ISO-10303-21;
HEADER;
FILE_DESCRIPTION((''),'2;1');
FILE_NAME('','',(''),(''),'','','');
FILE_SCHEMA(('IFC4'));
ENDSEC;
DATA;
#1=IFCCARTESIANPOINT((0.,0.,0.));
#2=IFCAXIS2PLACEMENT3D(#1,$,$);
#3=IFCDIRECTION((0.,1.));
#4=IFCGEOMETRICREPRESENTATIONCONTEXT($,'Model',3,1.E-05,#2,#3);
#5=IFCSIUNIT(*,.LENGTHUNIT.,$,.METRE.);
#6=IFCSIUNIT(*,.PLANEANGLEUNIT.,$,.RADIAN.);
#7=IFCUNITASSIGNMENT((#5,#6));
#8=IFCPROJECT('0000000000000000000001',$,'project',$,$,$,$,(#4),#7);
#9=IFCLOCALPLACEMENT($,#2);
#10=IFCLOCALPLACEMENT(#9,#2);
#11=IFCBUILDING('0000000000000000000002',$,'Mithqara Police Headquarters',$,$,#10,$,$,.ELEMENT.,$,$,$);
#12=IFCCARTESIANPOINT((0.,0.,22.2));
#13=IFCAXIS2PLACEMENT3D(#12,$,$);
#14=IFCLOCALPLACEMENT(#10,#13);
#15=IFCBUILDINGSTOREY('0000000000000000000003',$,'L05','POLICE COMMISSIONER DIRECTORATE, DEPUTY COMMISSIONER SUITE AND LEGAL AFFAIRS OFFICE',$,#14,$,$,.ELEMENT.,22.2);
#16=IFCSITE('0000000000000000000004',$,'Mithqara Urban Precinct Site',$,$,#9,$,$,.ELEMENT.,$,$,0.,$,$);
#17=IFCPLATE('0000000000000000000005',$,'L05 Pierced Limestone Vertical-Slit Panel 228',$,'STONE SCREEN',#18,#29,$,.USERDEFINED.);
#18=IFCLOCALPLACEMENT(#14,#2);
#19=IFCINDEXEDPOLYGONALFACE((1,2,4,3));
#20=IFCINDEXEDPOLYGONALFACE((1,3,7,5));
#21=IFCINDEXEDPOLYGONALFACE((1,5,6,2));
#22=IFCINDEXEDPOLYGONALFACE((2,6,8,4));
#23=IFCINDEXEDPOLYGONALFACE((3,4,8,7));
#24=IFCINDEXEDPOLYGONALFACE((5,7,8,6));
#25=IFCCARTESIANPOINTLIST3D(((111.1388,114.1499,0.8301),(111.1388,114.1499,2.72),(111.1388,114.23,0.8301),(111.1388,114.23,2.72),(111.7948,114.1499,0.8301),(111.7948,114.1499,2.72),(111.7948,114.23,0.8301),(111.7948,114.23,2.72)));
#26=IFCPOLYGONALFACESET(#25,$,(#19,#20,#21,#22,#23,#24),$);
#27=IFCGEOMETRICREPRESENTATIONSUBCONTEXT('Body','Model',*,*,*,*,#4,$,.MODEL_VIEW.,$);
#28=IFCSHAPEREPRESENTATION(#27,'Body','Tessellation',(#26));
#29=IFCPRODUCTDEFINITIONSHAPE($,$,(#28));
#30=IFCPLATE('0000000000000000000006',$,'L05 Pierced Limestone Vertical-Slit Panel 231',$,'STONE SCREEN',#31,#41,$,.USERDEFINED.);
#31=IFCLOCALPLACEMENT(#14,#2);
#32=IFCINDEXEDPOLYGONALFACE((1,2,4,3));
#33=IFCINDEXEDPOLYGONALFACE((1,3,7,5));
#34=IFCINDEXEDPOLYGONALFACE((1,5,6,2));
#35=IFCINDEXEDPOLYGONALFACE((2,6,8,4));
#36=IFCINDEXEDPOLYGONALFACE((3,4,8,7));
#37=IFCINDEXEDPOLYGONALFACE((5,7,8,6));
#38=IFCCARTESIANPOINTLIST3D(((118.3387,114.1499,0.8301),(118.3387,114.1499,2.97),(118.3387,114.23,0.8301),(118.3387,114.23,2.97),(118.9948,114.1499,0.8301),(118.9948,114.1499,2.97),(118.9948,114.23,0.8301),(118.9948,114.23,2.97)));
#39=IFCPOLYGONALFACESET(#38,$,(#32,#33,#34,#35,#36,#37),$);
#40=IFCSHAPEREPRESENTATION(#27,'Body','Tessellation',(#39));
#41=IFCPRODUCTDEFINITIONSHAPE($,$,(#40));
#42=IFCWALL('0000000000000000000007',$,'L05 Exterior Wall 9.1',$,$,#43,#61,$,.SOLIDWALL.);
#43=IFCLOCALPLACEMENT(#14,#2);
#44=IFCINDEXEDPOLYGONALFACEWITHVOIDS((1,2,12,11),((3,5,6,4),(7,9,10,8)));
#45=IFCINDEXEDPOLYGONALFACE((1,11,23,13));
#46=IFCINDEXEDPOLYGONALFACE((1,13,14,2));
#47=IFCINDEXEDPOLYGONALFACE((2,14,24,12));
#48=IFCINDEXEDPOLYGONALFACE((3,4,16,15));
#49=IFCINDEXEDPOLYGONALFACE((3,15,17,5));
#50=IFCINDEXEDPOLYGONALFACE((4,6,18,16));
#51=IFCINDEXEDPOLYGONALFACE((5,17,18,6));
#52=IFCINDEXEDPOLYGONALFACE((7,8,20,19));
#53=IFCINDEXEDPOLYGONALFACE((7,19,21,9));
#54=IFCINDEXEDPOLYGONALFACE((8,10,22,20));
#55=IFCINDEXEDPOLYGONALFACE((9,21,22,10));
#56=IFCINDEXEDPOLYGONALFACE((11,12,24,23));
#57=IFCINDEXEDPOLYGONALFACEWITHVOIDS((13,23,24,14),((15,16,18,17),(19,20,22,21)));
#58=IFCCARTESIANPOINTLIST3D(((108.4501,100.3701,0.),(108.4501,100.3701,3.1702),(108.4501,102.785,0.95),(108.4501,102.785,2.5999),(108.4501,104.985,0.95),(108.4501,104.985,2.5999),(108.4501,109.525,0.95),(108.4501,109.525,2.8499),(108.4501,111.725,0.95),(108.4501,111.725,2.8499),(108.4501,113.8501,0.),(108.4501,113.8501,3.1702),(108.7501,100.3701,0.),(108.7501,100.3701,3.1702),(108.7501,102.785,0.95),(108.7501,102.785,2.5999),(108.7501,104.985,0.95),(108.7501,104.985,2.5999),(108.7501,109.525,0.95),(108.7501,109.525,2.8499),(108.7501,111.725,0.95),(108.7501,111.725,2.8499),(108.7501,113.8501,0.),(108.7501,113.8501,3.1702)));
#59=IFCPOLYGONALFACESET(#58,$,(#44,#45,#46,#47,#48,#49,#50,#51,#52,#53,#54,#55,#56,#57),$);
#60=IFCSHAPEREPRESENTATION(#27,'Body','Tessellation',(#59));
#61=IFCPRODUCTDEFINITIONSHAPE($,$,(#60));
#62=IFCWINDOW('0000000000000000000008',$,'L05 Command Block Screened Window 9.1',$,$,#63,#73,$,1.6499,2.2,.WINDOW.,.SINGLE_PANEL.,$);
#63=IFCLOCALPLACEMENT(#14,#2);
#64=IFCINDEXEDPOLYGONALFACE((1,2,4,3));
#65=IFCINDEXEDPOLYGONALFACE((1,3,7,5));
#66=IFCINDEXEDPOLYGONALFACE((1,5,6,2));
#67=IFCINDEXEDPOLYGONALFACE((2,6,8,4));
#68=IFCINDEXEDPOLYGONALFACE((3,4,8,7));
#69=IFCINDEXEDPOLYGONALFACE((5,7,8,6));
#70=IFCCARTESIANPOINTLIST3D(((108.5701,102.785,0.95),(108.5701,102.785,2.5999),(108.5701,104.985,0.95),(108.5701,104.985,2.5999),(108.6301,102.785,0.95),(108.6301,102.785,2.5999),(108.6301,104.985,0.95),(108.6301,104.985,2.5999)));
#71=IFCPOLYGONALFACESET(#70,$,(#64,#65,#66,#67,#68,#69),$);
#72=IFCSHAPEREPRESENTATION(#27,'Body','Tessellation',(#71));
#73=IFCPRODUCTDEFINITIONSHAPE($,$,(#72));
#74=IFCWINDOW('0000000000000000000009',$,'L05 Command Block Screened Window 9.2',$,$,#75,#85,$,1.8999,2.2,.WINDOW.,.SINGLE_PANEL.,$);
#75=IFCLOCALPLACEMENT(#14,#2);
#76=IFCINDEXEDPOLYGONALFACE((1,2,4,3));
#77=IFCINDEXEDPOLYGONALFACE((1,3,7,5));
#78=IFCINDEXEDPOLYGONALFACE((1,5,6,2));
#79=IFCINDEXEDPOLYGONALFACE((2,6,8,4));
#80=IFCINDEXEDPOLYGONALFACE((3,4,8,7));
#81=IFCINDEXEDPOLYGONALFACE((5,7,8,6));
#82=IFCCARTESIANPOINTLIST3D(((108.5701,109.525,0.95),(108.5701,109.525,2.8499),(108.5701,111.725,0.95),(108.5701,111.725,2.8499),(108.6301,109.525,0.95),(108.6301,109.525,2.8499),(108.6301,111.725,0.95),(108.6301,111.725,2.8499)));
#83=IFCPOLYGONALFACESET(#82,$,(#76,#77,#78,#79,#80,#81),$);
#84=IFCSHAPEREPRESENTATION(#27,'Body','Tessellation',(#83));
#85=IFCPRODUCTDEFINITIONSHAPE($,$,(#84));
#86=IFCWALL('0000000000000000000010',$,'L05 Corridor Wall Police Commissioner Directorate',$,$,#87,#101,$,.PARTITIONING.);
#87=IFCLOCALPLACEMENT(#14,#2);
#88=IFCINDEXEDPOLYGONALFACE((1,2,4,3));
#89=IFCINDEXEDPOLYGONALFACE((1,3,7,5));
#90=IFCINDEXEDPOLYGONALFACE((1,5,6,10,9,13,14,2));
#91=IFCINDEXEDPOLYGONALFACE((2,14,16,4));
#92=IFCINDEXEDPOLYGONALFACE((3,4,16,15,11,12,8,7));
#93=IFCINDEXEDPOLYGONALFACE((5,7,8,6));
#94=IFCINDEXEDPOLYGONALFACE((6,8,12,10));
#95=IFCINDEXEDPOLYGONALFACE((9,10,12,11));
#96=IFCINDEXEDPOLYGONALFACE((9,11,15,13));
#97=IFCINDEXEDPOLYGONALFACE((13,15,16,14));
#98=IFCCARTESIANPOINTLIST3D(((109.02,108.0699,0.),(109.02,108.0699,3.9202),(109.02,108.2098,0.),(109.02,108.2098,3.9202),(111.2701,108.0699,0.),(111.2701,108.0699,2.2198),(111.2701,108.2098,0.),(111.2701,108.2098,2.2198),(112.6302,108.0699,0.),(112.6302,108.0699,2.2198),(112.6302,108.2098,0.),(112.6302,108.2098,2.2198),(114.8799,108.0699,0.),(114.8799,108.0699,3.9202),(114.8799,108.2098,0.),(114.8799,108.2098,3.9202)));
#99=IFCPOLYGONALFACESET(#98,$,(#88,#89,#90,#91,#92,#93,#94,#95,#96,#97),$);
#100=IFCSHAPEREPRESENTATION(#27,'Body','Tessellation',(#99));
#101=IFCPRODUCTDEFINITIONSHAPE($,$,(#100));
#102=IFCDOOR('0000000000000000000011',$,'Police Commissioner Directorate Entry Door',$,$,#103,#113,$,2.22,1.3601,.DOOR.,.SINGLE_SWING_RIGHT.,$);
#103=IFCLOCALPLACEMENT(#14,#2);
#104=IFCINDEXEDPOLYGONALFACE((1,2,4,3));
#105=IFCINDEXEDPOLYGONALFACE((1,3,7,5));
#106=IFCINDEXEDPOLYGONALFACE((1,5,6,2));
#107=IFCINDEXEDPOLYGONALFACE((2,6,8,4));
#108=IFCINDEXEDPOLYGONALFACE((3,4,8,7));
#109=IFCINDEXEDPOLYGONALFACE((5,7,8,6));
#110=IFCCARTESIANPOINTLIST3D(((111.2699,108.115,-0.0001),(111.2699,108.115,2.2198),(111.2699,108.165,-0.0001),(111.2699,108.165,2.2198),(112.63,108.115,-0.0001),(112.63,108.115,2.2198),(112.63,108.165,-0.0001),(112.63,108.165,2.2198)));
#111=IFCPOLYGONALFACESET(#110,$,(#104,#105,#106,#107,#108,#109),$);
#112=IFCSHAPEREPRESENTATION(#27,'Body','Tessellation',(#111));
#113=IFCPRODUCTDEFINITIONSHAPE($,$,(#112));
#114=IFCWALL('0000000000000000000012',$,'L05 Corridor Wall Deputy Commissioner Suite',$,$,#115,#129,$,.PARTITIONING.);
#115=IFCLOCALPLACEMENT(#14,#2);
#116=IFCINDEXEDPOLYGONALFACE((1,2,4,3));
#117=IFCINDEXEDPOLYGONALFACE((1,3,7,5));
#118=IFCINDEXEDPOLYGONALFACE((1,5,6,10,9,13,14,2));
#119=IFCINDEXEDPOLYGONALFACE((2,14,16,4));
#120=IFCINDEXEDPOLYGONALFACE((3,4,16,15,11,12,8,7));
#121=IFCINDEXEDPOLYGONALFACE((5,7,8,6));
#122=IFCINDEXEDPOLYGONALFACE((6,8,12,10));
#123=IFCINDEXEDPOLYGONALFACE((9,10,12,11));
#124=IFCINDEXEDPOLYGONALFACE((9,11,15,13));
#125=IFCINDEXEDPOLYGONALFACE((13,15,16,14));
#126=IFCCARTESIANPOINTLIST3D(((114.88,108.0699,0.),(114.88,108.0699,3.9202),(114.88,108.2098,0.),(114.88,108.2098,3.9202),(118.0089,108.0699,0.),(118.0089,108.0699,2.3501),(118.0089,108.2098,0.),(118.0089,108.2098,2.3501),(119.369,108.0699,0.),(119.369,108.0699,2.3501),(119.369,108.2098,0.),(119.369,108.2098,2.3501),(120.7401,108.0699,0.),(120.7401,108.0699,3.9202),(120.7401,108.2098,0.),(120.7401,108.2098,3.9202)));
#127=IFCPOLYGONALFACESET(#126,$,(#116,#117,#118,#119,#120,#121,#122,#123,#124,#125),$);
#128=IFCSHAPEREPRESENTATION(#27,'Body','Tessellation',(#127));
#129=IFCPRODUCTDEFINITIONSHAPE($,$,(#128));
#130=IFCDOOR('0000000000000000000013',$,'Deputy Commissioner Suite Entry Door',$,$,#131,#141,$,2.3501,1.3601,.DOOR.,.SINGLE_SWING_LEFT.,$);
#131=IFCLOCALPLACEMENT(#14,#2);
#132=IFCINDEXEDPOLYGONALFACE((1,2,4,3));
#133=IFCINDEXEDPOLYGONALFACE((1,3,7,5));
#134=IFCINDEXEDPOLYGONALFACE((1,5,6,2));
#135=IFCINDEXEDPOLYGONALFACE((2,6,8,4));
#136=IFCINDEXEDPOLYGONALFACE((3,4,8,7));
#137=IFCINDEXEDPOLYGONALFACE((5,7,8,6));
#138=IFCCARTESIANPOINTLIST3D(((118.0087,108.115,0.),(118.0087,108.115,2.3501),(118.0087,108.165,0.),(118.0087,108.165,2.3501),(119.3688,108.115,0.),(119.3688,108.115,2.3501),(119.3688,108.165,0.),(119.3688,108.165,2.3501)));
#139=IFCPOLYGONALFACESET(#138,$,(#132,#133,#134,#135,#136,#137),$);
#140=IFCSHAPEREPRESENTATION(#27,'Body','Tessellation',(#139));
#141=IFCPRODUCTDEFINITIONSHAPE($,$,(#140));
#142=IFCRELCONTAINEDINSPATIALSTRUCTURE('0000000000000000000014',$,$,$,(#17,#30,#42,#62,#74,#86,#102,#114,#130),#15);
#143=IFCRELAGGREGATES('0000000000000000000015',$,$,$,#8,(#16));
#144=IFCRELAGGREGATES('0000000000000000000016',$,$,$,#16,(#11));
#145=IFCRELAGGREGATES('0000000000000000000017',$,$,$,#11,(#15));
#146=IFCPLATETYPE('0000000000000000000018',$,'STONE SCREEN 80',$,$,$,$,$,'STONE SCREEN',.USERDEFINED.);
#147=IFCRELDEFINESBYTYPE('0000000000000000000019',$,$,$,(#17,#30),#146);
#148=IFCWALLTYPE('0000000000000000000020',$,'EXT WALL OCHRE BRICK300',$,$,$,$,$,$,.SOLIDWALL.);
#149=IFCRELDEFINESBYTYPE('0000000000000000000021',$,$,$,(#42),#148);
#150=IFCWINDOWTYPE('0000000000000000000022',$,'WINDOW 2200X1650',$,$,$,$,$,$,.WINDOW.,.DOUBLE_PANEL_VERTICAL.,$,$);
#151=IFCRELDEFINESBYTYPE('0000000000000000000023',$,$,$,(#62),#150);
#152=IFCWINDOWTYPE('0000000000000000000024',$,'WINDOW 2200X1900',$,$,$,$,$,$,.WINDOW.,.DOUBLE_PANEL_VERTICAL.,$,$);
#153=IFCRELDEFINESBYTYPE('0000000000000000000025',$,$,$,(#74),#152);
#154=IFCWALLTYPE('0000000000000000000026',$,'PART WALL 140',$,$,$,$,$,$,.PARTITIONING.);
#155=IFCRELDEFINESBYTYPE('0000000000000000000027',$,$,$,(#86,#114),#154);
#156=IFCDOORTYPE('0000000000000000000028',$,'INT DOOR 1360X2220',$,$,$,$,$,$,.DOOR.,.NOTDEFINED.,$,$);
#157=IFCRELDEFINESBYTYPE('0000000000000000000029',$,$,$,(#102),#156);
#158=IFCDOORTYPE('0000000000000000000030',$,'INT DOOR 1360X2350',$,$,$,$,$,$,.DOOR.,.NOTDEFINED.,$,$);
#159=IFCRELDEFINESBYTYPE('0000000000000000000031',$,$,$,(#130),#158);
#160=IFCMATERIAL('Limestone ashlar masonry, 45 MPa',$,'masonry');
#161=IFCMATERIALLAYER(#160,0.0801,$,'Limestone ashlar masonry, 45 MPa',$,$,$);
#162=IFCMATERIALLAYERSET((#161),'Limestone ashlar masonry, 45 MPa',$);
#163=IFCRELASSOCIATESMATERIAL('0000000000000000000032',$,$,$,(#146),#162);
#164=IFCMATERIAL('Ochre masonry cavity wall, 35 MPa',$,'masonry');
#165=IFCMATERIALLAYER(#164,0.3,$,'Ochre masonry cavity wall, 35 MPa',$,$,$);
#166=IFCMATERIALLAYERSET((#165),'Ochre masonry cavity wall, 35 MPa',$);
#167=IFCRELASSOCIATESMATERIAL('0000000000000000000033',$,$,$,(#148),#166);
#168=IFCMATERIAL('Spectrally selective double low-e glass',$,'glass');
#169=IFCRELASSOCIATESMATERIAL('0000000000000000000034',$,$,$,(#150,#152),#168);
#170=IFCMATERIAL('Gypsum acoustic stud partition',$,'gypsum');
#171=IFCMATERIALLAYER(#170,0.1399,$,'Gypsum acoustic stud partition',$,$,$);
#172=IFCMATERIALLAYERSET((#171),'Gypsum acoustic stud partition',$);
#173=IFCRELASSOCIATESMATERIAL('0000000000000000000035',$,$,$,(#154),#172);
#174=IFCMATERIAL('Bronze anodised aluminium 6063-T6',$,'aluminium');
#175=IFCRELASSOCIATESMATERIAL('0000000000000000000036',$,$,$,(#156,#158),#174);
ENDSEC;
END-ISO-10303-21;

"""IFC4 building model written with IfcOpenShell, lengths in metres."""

from ifc_helpers import new_model, si_unit, direction, frame, frame_2d, origin, origin_2d, place, context, subcontext, project, spatial, rectangle, extrude, material, layer, layer_set, type_object, element, fill, save


model = new_model("IFC4")

# Units and contexts
model_context = context("Model", 3, precision=1e-05, world=origin(), true_north=direction((0.0, 1.0)))
body_context = subcontext(model_context, "Body", "Model", "MODEL_VIEW")
ifc_project = project(units=[si_unit("LENGTHUNIT", "METRE"), si_unit("PLANEANGLEUNIT", "RADIAN")], contexts=[model_context])

# Site, building, storey
site_placement = place(None, origin())
site = spatial("IfcSite", under=ifc_project, at=site_placement, Name="Mithqara Urban Precinct Site", CompositionType="ELEMENT", RefElevation=0.0)
building_placement = place(site_placement, origin())
building = spatial("IfcBuilding", under=site, at=building_placement, Name="Mithqara Police Headquarters", CompositionType="ELEMENT")
storey_placement = place(building_placement, frame((0.0, 0.0, 22.2)))
storey = spatial("IfcBuildingStorey", under=building, at=storey_placement, Name="L05", Description="POLICE COMMISSIONER DIRECTORATE, DEPUTY COMMISSIONER SUITE AND LEGAL AFFAIRS OFFICE", CompositionType="ELEMENT", Elevation=22.2)

# Plates
ifc_material_1 = material(Name="Limestone ashlar masonry, 45 MPa", Category="masonry")
ifc_layer_1 = layer(ifc_material_1, 0.0801, Name="Limestone ashlar masonry, 45 MPa")
ifc_layer_set_1 = layer_set([ifc_layer_1], Name="Limestone ashlar masonry, 45 MPa")
plate_type = type_object("IfcPlateType", Name="STONE SCREEN 80", ElementType="STONE SCREEN", PredefinedType="USERDEFINED", material=ifc_layer_set_1)
for number, where, z_axis, x_axis, name in (
    (1, (111.4668, 114.1899, 0.8301), (0.0, 0.0, 1.0), (1.0, 0.0, 0.0), "L05 Pierced Limestone Vertical-Slit Panel 228"),
):
    element("IfcPlate", number, at=place(storey_placement, frame(where, z_axis=z_axis, x_axis=x_axis)), inside=storey, type_object=plate_type, Name=name, ObjectType="STONE SCREEN", PredefinedType="USERDEFINED", context=body_context, shape_type="SweptSolid", body=[
        extrude(rectangle(XDim=0.656, YDim=0.0801, at=origin_2d()), origin(), (0.0, 0.0, 1.0), 1.8899),
    ])
plate_placement = place(storey_placement, frame((118.6667, 114.1899, 0.8301), z_axis=(0.0, 0.0, 1.0), x_axis=(1.0, 0.0, 0.0)))
element("IfcPlate", 2, at=plate_placement, inside=storey, type_object=plate_type, Name="L05 Pierced Limestone Vertical-Slit Panel 231", ObjectType="STONE SCREEN", PredefinedType="USERDEFINED", context=body_context, shape_type="SweptSolid", body=[
    extrude(rectangle(XDim=0.656, YDim=0.0801, at=origin_2d()), origin(), (0.0, 0.0, 1.0), 2.1399),
])

# Wall, openings, windows
ifc_material_2 = material(Name="Ochre masonry cavity wall, 35 MPa", Category="masonry")
ifc_layer_2 = layer(ifc_material_2, 0.3, Name="Ochre masonry cavity wall, 35 MPa")
ifc_layer_set_2 = layer_set([ifc_layer_2], Name="Ochre masonry cavity wall, 35 MPa")
wall_type_1 = type_object("IfcWallType", Name="EXT WALL OCHRE BRICK300", PredefinedType="SOLIDWALL", material=ifc_layer_set_2)
wall_1_placement = place(storey_placement, frame((108.6001, 113.8501, 0.0), z_axis=(0.0, 0.0, 1.0), x_axis=(0.0, -1.0, 0.0)))
wall_1 = element("IfcWall", 3, at=wall_1_placement, inside=storey, type_object=wall_type_1, Name="L05 Exterior Wall 9.1", PredefinedType="SOLIDWALL", context=body_context, shape_type="SweptSolid", body=[
    extrude(rectangle(XDim=13.48, YDim=0.3, at=frame_2d((6.74, 0.0))), origin(), (0.0, 0.0, 1.0), 3.1702),
])
opening_1_placement = place(wall_1_placement, frame((8.865, 0.0, 0.95)))
opening_1 = element("IfcOpeningElement", 4, at=opening_1_placement, cuts=wall_1, PredefinedType="OPENING", context=body_context, shape_type="SweptSolid", body=[
    extrude(rectangle(XDim=2.2, YDim=1.6499, at=frame_2d((1.1001, 0.825))), frame((0.0, 0.1602, 0.0), z_axis=(0.0, -1.0, 0.0), x_axis=(1.0, 0.0, 0.0)), (0.0, 0.0, 1.0), 0.3201),
])
opening_2_placement = place(wall_1_placement, frame((2.125, 0.0, 0.95)))
opening_2 = element("IfcOpeningElement", 5, at=opening_2_placement, cuts=wall_1, PredefinedType="OPENING", context=body_context, shape_type="SweptSolid", body=[
    extrude(rectangle(XDim=2.2, YDim=1.8999, at=frame_2d((1.1001, 0.95))), frame((0.0, 0.1602, 0.0), z_axis=(0.0, -1.0, 0.0), x_axis=(1.0, 0.0, 0.0)), (0.0, 0.0, 1.0), 0.3201),
])
ifc_material_3 = material(Name="Spectrally selective double low-e glass", Category="glass")
window_type_1 = type_object("IfcWindowType", Name="WINDOW 2200X1650", PartitioningType="DOUBLE_PANEL_VERTICAL", PredefinedType="WINDOW", material=ifc_material_3)
window_1_placement = place(opening_1_placement, origin())
window_1 = element("IfcWindow", 6, at=window_1_placement, inside=storey, type_object=window_type_1, Name="L05 Command Block Screened Window 9.1", OverallHeight=1.6499, OverallWidth=2.2, PartitioningType="SINGLE_PANEL", PredefinedType="WINDOW", context=body_context, shape_type="SweptSolid", body=[
    extrude(rectangle(XDim=2.2, YDim=1.6499, at=frame_2d((1.1001, 0.825))), frame((0.0, 0.03, 0.0), z_axis=(0.0, -1.0, 0.0), x_axis=(1.0, 0.0, 0.0)), (0.0, 0.0, 1.0), 0.0601),
])
fill(opening_1, window_1)
window_type_2 = type_object("IfcWindowType", Name="WINDOW 2200X1900", PartitioningType="DOUBLE_PANEL_VERTICAL", PredefinedType="WINDOW", material=ifc_material_3)
window_2_placement = place(opening_2_placement, origin())
window_2 = element("IfcWindow", 7, at=window_2_placement, inside=storey, type_object=window_type_2, Name="L05 Command Block Screened Window 9.2", OverallHeight=1.8999, OverallWidth=2.2, PartitioningType="SINGLE_PANEL", PredefinedType="WINDOW", context=body_context, shape_type="SweptSolid", body=[
    extrude(rectangle(XDim=2.2, YDim=1.8999, at=frame_2d((1.1001, 0.95))), frame((0.0, 0.03, 0.0), z_axis=(0.0, -1.0, 0.0), x_axis=(1.0, 0.0, 0.0)), (0.0, 0.0, 1.0), 0.0601),
])
fill(opening_2, window_2)

# Walls, openings, doors
ifc_material_4 = material(Name="Gypsum acoustic stud partition", Category="gypsum")
ifc_layer_3 = layer(ifc_material_4, 0.1399, Name="Gypsum acoustic stud partition")
ifc_layer_set_3 = layer_set([ifc_layer_3], Name="Gypsum acoustic stud partition")
wall_type_2 = type_object("IfcWallType", Name="PART WALL 140", PredefinedType="PARTITIONING", material=ifc_layer_set_3)
wall_2_placement = place(storey_placement, frame((109.02, 108.1399, 0.0), z_axis=(0.0, 0.0, 1.0), x_axis=(1.0, 0.0, 0.0)))
wall_2 = element("IfcWall", 8, at=wall_2_placement, inside=storey, type_object=wall_type_2, Name="L05 Corridor Wall Police Commissioner Directorate", PredefinedType="PARTITIONING", context=body_context, shape_type="SweptSolid", body=[
    extrude(rectangle(XDim=5.8599, YDim=0.1399, at=frame_2d((2.9299, 0.0))), origin(), (0.0, 0.0, 1.0), 3.9202),
])
opening_3_placement = place(wall_2_placement, frame((2.25, 0.0, 0.0)))
opening_3 = element("IfcOpeningElement", 9, at=opening_3_placement, cuts=wall_2, PredefinedType="OPENING", context=body_context, shape_type="SweptSolid", body=[
    extrude(rectangle(XDim=1.3601, YDim=2.22, at=frame_2d((0.6802, 1.1099))), frame((0.0, 0.0801, 0.0), z_axis=(0.0, -1.0, 0.0), x_axis=(1.0, 0.0, 0.0)), (0.0, 0.0, 1.0), 0.1599),
])
ifc_material_5 = material(Name="Bronze anodised aluminium 6063-T6", Category="aluminium")
door_type_1 = type_object("IfcDoorType", Name="INT DOOR 1360X2220", OperationType="NOTDEFINED", PredefinedType="DOOR", material=ifc_material_5)
door_1_placement = place(opening_3_placement, frame((1.3601, 0.0, 0.0), z_axis=(0.0, 0.0, 1.0), x_axis=(-1.0, 0.0, 0.0)))
door_1 = element("IfcDoor", 10, at=door_1_placement, inside=storey, type_object=door_type_1, Name="Police Commissioner Directorate Entry Door", OperationType="SINGLE_SWING_RIGHT", OverallHeight=2.22, OverallWidth=1.3601, PredefinedType="DOOR", context=body_context, shape_type="SweptSolid", body=[
    extrude(rectangle(XDim=1.3601, YDim=2.22, at=frame_2d((0.6802, 1.1099))), frame((0.0, 0.0249, 0.0), z_axis=(0.0, -1.0, 0.0), x_axis=(1.0, 0.0, 0.0)), (0.0, 0.0, 1.0), 0.05),
])
fill(opening_3, door_1)
wall_3_placement = place(storey_placement, frame((114.8799, 108.1399, 0.0), z_axis=(0.0, 0.0, 1.0), x_axis=(1.0, 0.0, 0.0)))
wall_3 = element("IfcWall", 11, at=wall_3_placement, inside=storey, type_object=wall_type_2, Name="L05 Corridor Wall Deputy Commissioner Suite", PredefinedType="PARTITIONING", context=body_context, shape_type="SweptSolid", body=[
    extrude(rectangle(XDim=5.8601, YDim=0.1399, at=frame_2d((2.9302, 0.0))), origin(), (0.0, 0.0, 1.0), 3.9202),
])
opening_4_placement = place(wall_3_placement, frame((3.1289, 0.0, 0.0)))
opening_4 = element("IfcOpeningElement", 12, at=opening_4_placement, cuts=wall_3, PredefinedType="OPENING", context=body_context, shape_type="SweptSolid", body=[
    extrude(rectangle(XDim=1.3601, YDim=2.3501, at=frame_2d((0.6802, 1.175))), frame((0.0, 0.0801, 0.0), z_axis=(0.0, -1.0, 0.0), x_axis=(1.0, 0.0, 0.0)), (0.0, 0.0, 1.0), 0.1599),
])
door_type_2 = type_object("IfcDoorType", Name="INT DOOR 1360X2350", OperationType="NOTDEFINED", PredefinedType="DOOR", material=ifc_material_5)
door_2_placement = place(opening_4_placement, frame((1.3601, 0.0, 0.0), z_axis=(0.0, 0.0, 1.0), x_axis=(-1.0, 0.0, 0.0)))
door_2 = element("IfcDoor", 13, at=door_2_placement, inside=storey, type_object=door_type_2, Name="Deputy Commissioner Suite Entry Door", OperationType="SINGLE_SWING_LEFT", OverallHeight=2.3501, OverallWidth=1.3601, PredefinedType="DOOR", context=body_context, shape_type="SweptSolid", body=[
    extrude(rectangle(XDim=1.3601, YDim=2.3501, at=frame_2d((0.6802, 1.175))), frame((0.0, 0.0249, 0.0), z_axis=(0.0, -1.0, 0.0), x_axis=(1.0, 0.0, 0.0)), (0.0, 0.0, 1.0), 0.05),
])
fill(opening_4, door_2)

save(model, "model.ifc")
